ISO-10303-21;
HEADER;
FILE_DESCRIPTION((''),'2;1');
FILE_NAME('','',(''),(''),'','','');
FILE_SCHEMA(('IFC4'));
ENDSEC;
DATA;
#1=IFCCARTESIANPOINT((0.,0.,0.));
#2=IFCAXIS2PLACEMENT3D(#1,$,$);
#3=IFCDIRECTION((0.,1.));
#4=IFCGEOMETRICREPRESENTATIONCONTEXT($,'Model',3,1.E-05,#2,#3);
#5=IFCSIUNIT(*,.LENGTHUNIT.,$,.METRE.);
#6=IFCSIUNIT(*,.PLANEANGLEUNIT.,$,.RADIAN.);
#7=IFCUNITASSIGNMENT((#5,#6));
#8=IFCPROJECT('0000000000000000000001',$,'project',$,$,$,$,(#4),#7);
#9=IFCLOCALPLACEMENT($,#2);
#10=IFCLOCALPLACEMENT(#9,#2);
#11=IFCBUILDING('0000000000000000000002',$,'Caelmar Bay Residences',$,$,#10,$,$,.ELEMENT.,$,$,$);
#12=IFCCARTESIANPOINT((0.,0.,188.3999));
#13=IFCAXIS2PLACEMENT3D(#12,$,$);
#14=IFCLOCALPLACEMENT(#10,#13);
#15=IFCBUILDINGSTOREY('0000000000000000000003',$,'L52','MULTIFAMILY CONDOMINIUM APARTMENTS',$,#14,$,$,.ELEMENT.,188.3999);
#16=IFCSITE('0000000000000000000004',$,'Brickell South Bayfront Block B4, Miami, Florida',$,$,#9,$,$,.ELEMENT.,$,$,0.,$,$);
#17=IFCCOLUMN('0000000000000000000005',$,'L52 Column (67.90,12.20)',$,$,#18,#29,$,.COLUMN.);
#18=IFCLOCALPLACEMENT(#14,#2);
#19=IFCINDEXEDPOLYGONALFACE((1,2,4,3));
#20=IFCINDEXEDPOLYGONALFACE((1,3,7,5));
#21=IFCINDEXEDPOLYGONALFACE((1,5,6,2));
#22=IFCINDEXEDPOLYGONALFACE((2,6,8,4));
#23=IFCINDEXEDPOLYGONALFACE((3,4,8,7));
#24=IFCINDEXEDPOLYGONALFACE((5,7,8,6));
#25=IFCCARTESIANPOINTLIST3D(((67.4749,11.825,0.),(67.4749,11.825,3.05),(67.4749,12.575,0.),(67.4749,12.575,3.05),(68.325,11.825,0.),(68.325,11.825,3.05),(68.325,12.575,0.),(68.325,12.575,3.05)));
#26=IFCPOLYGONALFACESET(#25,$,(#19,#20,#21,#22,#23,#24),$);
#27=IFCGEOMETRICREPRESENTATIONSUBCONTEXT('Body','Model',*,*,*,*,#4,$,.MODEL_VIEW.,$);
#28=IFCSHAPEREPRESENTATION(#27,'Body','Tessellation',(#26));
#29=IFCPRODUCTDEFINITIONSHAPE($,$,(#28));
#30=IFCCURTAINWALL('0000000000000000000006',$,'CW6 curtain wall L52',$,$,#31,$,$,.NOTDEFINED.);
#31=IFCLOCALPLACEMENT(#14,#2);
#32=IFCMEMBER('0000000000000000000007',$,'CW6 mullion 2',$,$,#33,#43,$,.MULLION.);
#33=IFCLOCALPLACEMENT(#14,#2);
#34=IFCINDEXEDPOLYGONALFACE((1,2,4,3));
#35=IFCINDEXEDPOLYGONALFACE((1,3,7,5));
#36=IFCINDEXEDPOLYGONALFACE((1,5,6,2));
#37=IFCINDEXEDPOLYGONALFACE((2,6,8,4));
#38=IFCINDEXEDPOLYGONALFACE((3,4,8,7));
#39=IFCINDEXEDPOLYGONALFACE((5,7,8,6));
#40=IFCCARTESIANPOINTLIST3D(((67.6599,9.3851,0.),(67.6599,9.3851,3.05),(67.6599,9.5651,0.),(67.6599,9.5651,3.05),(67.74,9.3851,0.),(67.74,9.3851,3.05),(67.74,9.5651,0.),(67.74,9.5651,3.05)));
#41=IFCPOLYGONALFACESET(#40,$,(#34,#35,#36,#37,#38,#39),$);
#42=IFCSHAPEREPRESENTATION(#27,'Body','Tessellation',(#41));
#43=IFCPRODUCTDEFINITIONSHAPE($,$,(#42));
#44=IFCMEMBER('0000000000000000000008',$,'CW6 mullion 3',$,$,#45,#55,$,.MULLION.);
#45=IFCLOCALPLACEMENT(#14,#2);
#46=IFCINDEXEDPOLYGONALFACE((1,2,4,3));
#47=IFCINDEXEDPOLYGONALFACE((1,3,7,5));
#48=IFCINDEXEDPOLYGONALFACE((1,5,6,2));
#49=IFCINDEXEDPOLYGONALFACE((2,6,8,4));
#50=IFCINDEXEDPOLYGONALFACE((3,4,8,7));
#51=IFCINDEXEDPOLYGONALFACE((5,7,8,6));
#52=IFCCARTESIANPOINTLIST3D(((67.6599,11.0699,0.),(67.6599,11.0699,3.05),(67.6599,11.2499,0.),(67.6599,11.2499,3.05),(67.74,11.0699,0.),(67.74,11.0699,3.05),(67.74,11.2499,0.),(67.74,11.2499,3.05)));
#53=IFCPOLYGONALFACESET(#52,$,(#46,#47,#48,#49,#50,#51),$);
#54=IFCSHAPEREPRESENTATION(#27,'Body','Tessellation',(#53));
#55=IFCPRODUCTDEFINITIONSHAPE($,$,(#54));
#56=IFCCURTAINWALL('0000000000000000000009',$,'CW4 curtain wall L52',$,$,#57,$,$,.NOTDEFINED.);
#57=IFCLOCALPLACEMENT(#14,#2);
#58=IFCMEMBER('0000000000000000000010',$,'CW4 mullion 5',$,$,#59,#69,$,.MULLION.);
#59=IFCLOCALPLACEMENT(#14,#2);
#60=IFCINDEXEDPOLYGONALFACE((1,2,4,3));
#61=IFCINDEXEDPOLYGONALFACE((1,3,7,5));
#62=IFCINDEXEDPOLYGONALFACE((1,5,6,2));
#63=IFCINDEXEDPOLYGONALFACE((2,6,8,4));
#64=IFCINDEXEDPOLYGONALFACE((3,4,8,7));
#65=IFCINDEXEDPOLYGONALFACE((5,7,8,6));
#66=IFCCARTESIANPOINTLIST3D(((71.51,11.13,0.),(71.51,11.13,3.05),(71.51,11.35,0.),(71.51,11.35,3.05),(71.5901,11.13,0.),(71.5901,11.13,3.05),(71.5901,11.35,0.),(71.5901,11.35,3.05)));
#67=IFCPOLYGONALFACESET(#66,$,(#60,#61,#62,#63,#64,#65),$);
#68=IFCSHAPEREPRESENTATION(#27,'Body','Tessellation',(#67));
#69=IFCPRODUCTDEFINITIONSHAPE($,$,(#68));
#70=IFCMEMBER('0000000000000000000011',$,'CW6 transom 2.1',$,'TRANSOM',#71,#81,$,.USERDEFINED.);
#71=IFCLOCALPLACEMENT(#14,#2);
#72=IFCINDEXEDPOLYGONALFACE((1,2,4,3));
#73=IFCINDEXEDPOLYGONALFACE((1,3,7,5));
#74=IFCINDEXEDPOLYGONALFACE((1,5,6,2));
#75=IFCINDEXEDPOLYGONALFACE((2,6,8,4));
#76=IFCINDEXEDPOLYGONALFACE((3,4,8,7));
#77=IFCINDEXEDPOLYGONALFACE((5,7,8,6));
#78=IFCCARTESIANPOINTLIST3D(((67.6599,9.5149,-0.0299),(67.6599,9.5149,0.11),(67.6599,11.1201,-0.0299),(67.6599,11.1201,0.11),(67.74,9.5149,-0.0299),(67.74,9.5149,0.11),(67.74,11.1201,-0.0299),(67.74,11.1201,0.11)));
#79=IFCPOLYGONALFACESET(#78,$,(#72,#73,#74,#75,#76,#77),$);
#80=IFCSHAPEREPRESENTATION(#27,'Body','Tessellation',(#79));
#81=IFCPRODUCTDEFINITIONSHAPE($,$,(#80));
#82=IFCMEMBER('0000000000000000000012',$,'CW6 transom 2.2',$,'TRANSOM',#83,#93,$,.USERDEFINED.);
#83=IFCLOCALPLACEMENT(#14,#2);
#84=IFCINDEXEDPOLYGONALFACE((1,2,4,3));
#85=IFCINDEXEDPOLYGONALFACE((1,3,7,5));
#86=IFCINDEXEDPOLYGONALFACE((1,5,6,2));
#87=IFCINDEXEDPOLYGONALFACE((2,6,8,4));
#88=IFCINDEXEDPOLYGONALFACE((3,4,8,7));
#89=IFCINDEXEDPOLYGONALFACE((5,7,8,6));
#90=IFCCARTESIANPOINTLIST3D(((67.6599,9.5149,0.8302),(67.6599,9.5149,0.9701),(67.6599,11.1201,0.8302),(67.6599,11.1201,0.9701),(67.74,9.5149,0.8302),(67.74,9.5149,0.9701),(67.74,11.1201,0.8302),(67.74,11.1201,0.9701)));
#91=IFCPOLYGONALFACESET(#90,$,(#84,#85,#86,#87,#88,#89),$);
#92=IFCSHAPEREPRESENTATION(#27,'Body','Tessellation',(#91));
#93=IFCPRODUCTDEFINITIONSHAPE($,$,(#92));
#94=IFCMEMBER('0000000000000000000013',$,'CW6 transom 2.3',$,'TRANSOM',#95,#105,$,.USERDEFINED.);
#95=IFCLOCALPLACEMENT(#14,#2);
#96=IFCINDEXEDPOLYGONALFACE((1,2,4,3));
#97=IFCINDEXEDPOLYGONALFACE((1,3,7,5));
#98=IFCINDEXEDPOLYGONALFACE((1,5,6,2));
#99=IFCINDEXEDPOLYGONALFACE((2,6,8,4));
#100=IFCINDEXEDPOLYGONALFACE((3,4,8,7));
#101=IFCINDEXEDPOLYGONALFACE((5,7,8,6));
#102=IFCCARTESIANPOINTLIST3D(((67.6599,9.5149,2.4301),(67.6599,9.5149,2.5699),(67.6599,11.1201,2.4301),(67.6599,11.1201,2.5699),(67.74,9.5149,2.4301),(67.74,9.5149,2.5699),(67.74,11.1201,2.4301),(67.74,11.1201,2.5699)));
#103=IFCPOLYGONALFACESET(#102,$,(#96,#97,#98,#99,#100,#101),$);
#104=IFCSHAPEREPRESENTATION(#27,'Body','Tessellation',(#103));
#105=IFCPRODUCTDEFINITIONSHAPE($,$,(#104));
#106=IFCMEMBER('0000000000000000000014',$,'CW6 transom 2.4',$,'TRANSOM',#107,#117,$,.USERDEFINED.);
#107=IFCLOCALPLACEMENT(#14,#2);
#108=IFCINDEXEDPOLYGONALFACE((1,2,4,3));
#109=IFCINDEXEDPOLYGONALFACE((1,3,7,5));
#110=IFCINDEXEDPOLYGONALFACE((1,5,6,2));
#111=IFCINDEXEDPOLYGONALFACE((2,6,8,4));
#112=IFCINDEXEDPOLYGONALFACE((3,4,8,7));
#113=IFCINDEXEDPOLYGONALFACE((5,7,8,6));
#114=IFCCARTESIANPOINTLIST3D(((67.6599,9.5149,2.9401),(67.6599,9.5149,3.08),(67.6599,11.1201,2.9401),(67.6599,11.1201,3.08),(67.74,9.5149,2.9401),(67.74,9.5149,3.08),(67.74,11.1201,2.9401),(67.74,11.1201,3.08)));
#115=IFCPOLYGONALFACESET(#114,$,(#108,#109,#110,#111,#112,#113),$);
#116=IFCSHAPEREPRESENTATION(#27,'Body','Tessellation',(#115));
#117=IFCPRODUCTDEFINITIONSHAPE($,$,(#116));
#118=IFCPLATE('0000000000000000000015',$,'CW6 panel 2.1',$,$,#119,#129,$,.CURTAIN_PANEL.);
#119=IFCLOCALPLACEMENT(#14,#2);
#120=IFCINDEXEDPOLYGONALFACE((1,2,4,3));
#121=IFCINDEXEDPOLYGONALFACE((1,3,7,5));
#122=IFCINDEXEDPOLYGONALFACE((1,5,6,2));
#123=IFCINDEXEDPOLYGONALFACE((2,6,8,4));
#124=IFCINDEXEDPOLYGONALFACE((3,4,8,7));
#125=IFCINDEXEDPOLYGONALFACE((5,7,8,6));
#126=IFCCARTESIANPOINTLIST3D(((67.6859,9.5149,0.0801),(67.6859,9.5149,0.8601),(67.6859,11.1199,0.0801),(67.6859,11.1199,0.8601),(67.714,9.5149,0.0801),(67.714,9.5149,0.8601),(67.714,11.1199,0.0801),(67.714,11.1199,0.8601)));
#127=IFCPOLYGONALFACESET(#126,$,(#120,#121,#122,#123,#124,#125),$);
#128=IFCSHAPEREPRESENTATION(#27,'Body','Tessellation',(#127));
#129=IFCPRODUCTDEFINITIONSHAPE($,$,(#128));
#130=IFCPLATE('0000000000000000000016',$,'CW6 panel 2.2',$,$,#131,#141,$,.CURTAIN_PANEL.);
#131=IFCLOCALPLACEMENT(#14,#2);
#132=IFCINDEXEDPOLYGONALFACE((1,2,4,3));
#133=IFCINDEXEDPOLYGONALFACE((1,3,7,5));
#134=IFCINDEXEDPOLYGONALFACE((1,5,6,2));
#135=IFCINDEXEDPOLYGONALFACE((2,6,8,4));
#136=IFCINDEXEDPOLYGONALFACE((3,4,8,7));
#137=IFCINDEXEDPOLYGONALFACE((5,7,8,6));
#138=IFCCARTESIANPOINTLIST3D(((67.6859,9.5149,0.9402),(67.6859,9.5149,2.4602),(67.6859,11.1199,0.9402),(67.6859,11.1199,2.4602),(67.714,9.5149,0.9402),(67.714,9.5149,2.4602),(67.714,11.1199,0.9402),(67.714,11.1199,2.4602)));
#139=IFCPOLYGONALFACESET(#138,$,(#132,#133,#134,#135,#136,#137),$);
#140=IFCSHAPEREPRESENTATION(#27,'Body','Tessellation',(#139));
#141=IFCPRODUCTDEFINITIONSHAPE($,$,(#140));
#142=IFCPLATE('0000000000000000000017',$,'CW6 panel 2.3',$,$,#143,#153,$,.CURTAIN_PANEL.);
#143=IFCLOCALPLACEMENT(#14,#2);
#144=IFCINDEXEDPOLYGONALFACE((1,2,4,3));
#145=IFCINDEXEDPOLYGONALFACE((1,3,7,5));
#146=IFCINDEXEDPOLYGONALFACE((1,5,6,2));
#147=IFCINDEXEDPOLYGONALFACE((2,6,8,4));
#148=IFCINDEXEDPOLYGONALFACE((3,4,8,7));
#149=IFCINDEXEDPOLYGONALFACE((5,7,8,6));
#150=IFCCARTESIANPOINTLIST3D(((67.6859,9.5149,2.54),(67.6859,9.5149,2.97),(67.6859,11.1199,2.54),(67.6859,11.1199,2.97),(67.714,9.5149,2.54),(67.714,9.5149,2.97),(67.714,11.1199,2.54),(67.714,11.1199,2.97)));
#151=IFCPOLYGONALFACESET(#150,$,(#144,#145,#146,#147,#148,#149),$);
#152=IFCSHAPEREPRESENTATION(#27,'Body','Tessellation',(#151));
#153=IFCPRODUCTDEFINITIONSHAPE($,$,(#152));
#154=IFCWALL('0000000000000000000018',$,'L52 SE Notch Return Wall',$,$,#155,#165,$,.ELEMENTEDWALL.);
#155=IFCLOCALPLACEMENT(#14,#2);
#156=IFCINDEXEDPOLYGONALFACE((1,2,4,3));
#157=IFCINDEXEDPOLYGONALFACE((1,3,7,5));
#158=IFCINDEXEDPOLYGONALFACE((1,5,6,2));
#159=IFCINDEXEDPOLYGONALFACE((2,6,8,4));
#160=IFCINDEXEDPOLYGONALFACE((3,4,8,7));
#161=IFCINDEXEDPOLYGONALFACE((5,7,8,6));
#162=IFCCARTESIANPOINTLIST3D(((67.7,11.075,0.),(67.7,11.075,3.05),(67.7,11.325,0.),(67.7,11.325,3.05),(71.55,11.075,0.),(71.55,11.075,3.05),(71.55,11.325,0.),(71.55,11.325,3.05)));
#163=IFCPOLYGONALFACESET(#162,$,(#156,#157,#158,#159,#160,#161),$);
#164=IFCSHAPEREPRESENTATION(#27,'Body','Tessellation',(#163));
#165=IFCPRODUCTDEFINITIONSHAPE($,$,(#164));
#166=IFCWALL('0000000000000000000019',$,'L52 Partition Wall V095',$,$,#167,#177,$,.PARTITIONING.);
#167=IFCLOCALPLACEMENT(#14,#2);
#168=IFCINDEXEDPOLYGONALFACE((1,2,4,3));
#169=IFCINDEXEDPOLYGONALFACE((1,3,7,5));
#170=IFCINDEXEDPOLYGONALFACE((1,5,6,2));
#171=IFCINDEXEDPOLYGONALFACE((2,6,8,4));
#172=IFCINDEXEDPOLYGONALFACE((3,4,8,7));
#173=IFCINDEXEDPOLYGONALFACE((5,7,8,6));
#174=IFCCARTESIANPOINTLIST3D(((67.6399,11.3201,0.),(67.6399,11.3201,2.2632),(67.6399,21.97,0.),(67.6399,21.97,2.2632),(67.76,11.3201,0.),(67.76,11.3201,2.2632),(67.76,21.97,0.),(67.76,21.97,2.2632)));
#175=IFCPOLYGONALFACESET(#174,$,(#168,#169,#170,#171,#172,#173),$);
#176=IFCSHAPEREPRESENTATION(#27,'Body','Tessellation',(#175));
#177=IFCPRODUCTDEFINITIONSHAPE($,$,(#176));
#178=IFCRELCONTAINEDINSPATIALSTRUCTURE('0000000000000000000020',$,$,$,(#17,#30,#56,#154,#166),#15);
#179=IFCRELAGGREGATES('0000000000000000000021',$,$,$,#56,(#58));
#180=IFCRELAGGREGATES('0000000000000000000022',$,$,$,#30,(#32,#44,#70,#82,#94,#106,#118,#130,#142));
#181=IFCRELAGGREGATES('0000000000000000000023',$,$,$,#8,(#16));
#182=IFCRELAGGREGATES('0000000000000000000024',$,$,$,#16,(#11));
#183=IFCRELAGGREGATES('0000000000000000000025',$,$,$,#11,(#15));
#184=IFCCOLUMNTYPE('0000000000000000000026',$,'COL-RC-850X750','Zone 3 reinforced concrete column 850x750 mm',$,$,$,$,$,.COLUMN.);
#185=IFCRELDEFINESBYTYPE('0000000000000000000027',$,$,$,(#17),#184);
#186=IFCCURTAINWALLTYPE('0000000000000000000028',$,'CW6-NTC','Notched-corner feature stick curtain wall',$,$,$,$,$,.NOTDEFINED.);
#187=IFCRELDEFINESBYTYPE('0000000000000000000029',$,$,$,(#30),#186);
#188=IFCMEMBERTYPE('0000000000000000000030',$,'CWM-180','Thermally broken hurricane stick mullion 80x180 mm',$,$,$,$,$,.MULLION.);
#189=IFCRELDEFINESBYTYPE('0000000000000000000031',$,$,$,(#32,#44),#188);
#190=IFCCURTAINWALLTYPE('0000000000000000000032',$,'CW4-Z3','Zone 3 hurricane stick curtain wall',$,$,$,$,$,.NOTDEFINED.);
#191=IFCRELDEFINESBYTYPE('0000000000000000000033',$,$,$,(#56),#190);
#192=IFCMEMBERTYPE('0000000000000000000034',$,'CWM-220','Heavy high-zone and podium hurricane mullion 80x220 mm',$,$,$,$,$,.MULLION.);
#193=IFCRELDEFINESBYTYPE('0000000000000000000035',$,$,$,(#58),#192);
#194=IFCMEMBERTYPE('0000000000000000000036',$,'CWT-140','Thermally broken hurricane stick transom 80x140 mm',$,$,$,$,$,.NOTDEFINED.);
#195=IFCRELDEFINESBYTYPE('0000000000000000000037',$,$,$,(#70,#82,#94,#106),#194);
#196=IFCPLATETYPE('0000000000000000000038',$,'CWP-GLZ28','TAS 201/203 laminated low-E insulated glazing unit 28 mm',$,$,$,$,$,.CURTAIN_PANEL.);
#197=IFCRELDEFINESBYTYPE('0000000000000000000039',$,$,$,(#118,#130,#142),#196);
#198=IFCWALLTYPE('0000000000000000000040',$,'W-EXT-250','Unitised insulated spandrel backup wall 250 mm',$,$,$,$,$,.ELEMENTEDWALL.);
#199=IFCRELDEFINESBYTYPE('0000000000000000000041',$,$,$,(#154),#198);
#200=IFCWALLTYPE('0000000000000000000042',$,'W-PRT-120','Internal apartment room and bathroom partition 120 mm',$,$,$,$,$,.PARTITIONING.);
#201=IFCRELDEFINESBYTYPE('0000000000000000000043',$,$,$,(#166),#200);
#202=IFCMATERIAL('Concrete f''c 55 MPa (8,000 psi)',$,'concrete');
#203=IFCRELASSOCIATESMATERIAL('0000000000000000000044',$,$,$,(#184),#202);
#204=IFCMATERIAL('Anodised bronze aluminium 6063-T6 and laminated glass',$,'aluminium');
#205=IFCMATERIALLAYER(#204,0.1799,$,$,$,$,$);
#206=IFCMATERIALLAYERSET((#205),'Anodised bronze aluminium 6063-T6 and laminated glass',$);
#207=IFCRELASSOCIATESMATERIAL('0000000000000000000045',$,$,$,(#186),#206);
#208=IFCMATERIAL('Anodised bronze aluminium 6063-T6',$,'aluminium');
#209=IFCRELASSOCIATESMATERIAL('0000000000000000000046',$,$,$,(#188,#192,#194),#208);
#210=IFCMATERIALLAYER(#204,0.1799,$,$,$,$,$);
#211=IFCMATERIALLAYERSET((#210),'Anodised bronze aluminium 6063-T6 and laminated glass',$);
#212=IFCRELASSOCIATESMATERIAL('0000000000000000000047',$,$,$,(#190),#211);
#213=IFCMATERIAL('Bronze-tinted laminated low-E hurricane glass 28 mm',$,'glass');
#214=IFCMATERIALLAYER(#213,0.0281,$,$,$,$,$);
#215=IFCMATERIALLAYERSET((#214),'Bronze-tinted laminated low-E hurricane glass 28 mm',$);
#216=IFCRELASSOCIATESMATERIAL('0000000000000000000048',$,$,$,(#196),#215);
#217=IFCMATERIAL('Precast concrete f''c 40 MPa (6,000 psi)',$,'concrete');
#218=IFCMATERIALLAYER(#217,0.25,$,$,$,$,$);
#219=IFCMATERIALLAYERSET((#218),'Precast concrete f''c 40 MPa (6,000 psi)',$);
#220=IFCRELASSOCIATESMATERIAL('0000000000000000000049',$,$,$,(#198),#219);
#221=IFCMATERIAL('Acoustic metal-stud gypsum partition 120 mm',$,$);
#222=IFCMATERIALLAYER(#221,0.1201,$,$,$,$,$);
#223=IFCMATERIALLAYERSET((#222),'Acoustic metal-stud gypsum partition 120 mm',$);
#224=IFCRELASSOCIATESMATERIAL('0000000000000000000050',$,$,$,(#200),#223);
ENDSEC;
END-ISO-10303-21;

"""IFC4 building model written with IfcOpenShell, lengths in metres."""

from ifc_helpers import new_model, si_unit, direction, frame, frame_2d, origin, origin_2d, place, context, subcontext, project, spatial, rectangle, extrude, material, layer, layer_set, material_profile, profile_set, type_object, element, aggregate, save


model = new_model("IFC4")

# Units and contexts
model_context = context("Model", 3, precision=1e-05, world=origin(), true_north=direction((0.0, 1.0)))
body_context = subcontext(model_context, "Body", "Model", "MODEL_VIEW")
ifc_project = project(units=[si_unit("LENGTHUNIT", "METRE"), si_unit("PLANEANGLEUNIT", "RADIAN")], contexts=[model_context])

# Site, building, storey
site_placement = place(None, origin())
site = spatial("IfcSite", under=ifc_project, at=site_placement, Name="Brickell South Bayfront Block B4, Miami, Florida", CompositionType="ELEMENT", RefElevation=0.0)
building_placement = place(site_placement, origin())
building = spatial("IfcBuilding", under=site, at=building_placement, Name="Caelmar Bay Residences", CompositionType="ELEMENT")
storey_placement = place(building_placement, frame((0.0, 0.0, 188.3999)))
storey = spatial("IfcBuildingStorey", under=building, at=storey_placement, Name="L52", Description="MULTIFAMILY CONDOMINIUM APARTMENTS", CompositionType="ELEMENT", Elevation=188.3999)

# Column
ifc_material_1 = material(Name="Concrete f'c 55 MPa (8,000 psi)", Category="concrete")
ifc_material_profile_1 = material_profile(ifc_material_1, rectangle(XDim=0.8501, YDim=0.75, at=origin_2d()), Name="RC-COL-850X750")
ifc_profile_set_1 = profile_set([ifc_material_profile_1], Name="Concrete f'c 55 MPa (8,000 psi)")
column_type = type_object("IfcColumnType", Name="COL-RC-850X750", Description="Zone 3 reinforced concrete column 850x750 mm", PredefinedType="COLUMN", material=ifc_profile_set_1)
column_placement = place(storey_placement, frame((67.8999, 12.2, 0.0), z_axis=(0.0, 0.0, 1.0), x_axis=(1.0, 0.0, 0.0)))
element("IfcColumn", 1, at=column_placement, inside=storey, type_object=column_type, Name="L52 Column (67.90,12.20)", PredefinedType="COLUMN", context=body_context, shape_type="SweptSolid", body=[
    extrude(rectangle(XDim=0.8501, YDim=0.75, at=origin_2d()), origin(), (0.0, 0.0, 1.0), 3.05),
])

# Curtain wall, members
ifc_material_2 = material(Name="Anodised bronze aluminium 6063-T6 and laminated glass", Category="aluminium")
ifc_layer_1 = layer(ifc_material_2, 0.1799)
ifc_layer_set_1 = layer_set([ifc_layer_1], Name="Anodised bronze aluminium 6063-T6 and laminated glass")
curtain_wall_type_1 = type_object("IfcCurtainWallType", Name="CW6-NTC", Description="Notched-corner feature stick curtain wall", PredefinedType="NOTDEFINED", material=ifc_layer_set_1)
curtain_wall_1_placement = place(storey_placement, origin())
curtain_wall_1 = element("IfcCurtainWall", 2, at=curtain_wall_1_placement, inside=storey, type_object=curtain_wall_type_1, Name="CW6 curtain wall L52", PredefinedType="NOTDEFINED")
ifc_material_3 = material(Name="Anodised bronze aluminium 6063-T6", Category="aluminium")
ifc_material_profile_2 = material_profile(ifc_material_3, rectangle(XDim=0.0801, YDim=0.1799, at=origin_2d()), Name="CWM-80X180")
ifc_profile_set_2 = profile_set([ifc_material_profile_2], Name="Anodised bronze aluminium 6063-T6")
member_type_1 = type_object("IfcMemberType", Name="CWM-180", Description="Thermally broken hurricane stick mullion 80x180 mm", PredefinedType="MULLION", material=ifc_profile_set_2)
member_1_placement = place(storey_placement, frame((67.7, 9.4751, 0.0), z_axis=(0.0, 0.0, 1.0), x_axis=(-1.0, 0.0, 0.0)))
member_1 = element("IfcMember", 3, at=member_1_placement, type_object=member_type_1, Name="CW6 mullion 2", PredefinedType="MULLION", context=body_context, shape_type="SweptSolid", body=[
    extrude(rectangle(XDim=0.0801, YDim=0.1799, at=origin_2d()), origin(), (0.0, 0.0, 1.0), 3.05),
])
member_2_placement = place(storey_placement, frame((67.7, 11.1599, 0.0), z_axis=(0.0, 0.0, 1.0), x_axis=(-1.0, 0.0, 0.0)))
member_2 = element("IfcMember", 4, at=member_2_placement, type_object=member_type_1, Name="CW6 mullion 3", PredefinedType="MULLION", context=body_context, shape_type="SweptSolid", body=[
    extrude(rectangle(XDim=0.0801, YDim=0.1799, at=origin_2d()), origin(), (0.0, 0.0, 1.0), 3.05),
])

# Curtain wall, member
ifc_layer_2 = layer(ifc_material_2, 0.1799)
ifc_layer_set_2 = layer_set([ifc_layer_2], Name="Anodised bronze aluminium 6063-T6 and laminated glass")
curtain_wall_type_2 = type_object("IfcCurtainWallType", Name="CW4-Z3", Description="Zone 3 hurricane stick curtain wall", PredefinedType="NOTDEFINED", material=ifc_layer_set_2)
curtain_wall_2_placement = place(storey_placement, origin())
curtain_wall_2 = element("IfcCurtainWall", 5, at=curtain_wall_2_placement, inside=storey, type_object=curtain_wall_type_2, Name="CW4 curtain wall L52", PredefinedType="NOTDEFINED")
ifc_material_profile_3 = material_profile(ifc_material_3, rectangle(XDim=0.0801, YDim=0.22, at=origin_2d()), Name="CWM-80X220")
ifc_profile_set_3 = profile_set([ifc_material_profile_3], Name="Anodised bronze aluminium 6063-T6")
member_type_2 = type_object("IfcMemberType", Name="CWM-220", Description="Heavy high-zone and podium hurricane mullion 80x220 mm", PredefinedType="MULLION", material=ifc_profile_set_3)
member_3_placement = place(storey_placement, frame((71.55, 11.24, 0.0), z_axis=(0.0, 0.0, 1.0), x_axis=(1.0, 0.0, 0.0)))
member_3 = element("IfcMember", 6, at=member_3_placement, type_object=member_type_2, Name="CW4 mullion 5", PredefinedType="MULLION", context=body_context, shape_type="SweptSolid", body=[
    extrude(rectangle(XDim=0.0801, YDim=0.22, at=origin_2d()), origin(), (0.0, 0.0, 1.0), 3.05),
])
aggregate(curtain_wall_2, [member_3])

# Members
ifc_material_profile_4 = material_profile(ifc_material_3, rectangle(XDim=0.0801, YDim=0.1399, at=origin_2d()), Name="CWT-80X140")
ifc_profile_set_4 = profile_set([ifc_material_profile_4], Name="Anodised bronze aluminium 6063-T6")
member_type_3 = type_object("IfcMemberType", Name="CWT-140", Description="Thermally broken hurricane stick transom 80x140 mm", PredefinedType="NOTDEFINED", material=ifc_profile_set_4)
member_4_placement = place(storey_placement, frame((67.7, 9.5149, 0.04), z_axis=(0.0, 1.0, 0.0), x_axis=(-1.0, 0.0, 0.0)))
member_4 = element("IfcMember", 7, at=member_4_placement, type_object=member_type_3, Name="CW6 transom 2.1", ObjectType="TRANSOM", PredefinedType="USERDEFINED", context=body_context, shape_type="SweptSolid", body=[
    extrude(rectangle(XDim=0.0801, YDim=0.1399, at=origin_2d()), origin(), (0.0, 0.0, 1.0), 1.6052),
])
member_5_placement = place(storey_placement, frame((67.7, 9.5149, 0.9001), z_axis=(0.0, 1.0, 0.0), x_axis=(-1.0, 0.0, 0.0)))
member_5 = element("IfcMember", 8, at=member_5_placement, type_object=member_type_3, Name="CW6 transom 2.2", ObjectType="TRANSOM", PredefinedType="USERDEFINED", context=body_context, shape_type="SweptSolid", body=[
    extrude(rectangle(XDim=0.0801, YDim=0.1399, at=origin_2d()), origin(), (0.0, 0.0, 1.0), 1.6052),
])
member_6_placement = place(storey_placement, frame((67.7, 9.5149, 2.5), z_axis=(0.0, 1.0, 0.0), x_axis=(-1.0, 0.0, 0.0)))
member_6 = element("IfcMember", 9, at=member_6_placement, type_object=member_type_3, Name="CW6 transom 2.3", ObjectType="TRANSOM", PredefinedType="USERDEFINED", context=body_context, shape_type="SweptSolid", body=[
    extrude(rectangle(XDim=0.0801, YDim=0.1399, at=origin_2d()), origin(), (0.0, 0.0, 1.0), 1.6052),
])
member_7_placement = place(storey_placement, frame((67.7, 9.5149, 3.01), z_axis=(0.0, 1.0, 0.0), x_axis=(-1.0, 0.0, 0.0)))
member_7 = element("IfcMember", 10, at=member_7_placement, type_object=member_type_3, Name="CW6 transom 2.4", ObjectType="TRANSOM", PredefinedType="USERDEFINED", context=body_context, shape_type="SweptSolid", body=[
    extrude(rectangle(XDim=0.0801, YDim=0.1399, at=origin_2d()), origin(), (0.0, 0.0, 1.0), 1.6052),
])

# Plates
ifc_material_4 = material(Name="Bronze-tinted laminated low-E hurricane glass 28 mm", Category="glass")
ifc_layer_3 = layer(ifc_material_4, 0.0281)
ifc_layer_set_3 = layer_set([ifc_layer_3], Name="Bronze-tinted laminated low-E hurricane glass 28 mm")
plate_type = type_object("IfcPlateType", Name="CWP-GLZ28", Description="TAS 201/203 laminated low-E insulated glazing unit 28 mm", PredefinedType="CURTAIN_PANEL", material=ifc_layer_set_3)
plate_1_placement = place(storey_placement, frame((67.7, 10.3174, 0.0801), z_axis=(0.0, 0.0, 1.0), x_axis=(0.0, 1.0, 0.0)))
plate_1 = element("IfcPlate", 11, at=plate_1_placement, type_object=plate_type, Name="CW6 panel 2.1", PredefinedType="CURTAIN_PANEL", context=body_context, shape_type="SweptSolid", body=[
    extrude(rectangle(XDim=1.605, YDim=0.0281, at=origin_2d()), origin(), (0.0, 0.0, 1.0), 0.78),
])
plate_2_placement = place(storey_placement, frame((67.7, 10.3174, 0.9402), z_axis=(0.0, 0.0, 1.0), x_axis=(0.0, 1.0, 0.0)))
plate_2 = element("IfcPlate", 12, at=plate_2_placement, type_object=plate_type, Name="CW6 panel 2.2", PredefinedType="CURTAIN_PANEL", context=body_context, shape_type="SweptSolid", body=[
    extrude(rectangle(XDim=1.605, YDim=0.0281, at=origin_2d()), origin(), (0.0, 0.0, 1.0), 1.52),
])
plate_3_placement = place(storey_placement, frame((67.7, 10.3174, 2.54), z_axis=(0.0, 0.0, 1.0), x_axis=(0.0, 1.0, 0.0)))
plate_3 = element("IfcPlate", 13, at=plate_3_placement, type_object=plate_type, Name="CW6 panel 2.3", PredefinedType="CURTAIN_PANEL", context=body_context, shape_type="SweptSolid", body=[
    extrude(rectangle(XDim=1.605, YDim=0.0281, at=origin_2d()), origin(), (0.0, 0.0, 1.0), 0.4299),
])
aggregate(curtain_wall_1, [member_1, member_2, member_4, member_5, member_6, member_7, plate_1, plate_2, plate_3])

# Walls
ifc_material_5 = material(Name="Precast concrete f'c 40 MPa (6,000 psi)", Category="concrete")
ifc_layer_4 = layer(ifc_material_5, 0.25)
ifc_layer_set_4 = layer_set([ifc_layer_4], Name="Precast concrete f'c 40 MPa (6,000 psi)")
wall_type_1 = type_object("IfcWallType", Name="W-EXT-250", Description="Unitised insulated spandrel backup wall 250 mm", PredefinedType="ELEMENTEDWALL", material=ifc_layer_set_4)
wall_1_placement = place(storey_placement, frame((67.7, 11.2, 0.0), z_axis=(0.0, 0.0, 1.0), x_axis=(1.0, 0.0, 0.0)))
element("IfcWall", 14, at=wall_1_placement, inside=storey, type_object=wall_type_1, Name="L52 SE Notch Return Wall", PredefinedType="ELEMENTEDWALL", context=body_context, shape_type="SweptSolid", body=[
    extrude(rectangle(XDim=3.8501, YDim=0.25, at=frame_2d((1.925, 0.0))), origin(), (0.0, 0.0, 1.0), 3.05),
])
ifc_material_6 = material(Name="Acoustic metal-stud gypsum partition 120 mm")
ifc_layer_5 = layer(ifc_material_6, 0.1201)
ifc_layer_set_5 = layer_set([ifc_layer_5], Name="Acoustic metal-stud gypsum partition 120 mm")
wall_type_2 = type_object("IfcWallType", Name="W-PRT-120", Description="Internal apartment room and bathroom partition 120 mm", PredefinedType="PARTITIONING", material=ifc_layer_set_5)
wall_2_placement = place(storey_placement, frame((67.7, 11.3201, 0.0), z_axis=(0.0, 0.0, 1.0), x_axis=(0.0, 1.0, 0.0)))
element("IfcWall", 15, at=wall_2_placement, inside=storey, type_object=wall_type_2, Name="L52 Partition Wall V095", PredefinedType="PARTITIONING", context=body_context, shape_type="SweptSolid", body=[
    extrude(rectangle(XDim=10.6499, YDim=0.1201, at=frame_2d((5.325, 0.0))), origin(), (0.0, 0.0, 1.0), 2.2632),
])

save(model, "model.ifc")
